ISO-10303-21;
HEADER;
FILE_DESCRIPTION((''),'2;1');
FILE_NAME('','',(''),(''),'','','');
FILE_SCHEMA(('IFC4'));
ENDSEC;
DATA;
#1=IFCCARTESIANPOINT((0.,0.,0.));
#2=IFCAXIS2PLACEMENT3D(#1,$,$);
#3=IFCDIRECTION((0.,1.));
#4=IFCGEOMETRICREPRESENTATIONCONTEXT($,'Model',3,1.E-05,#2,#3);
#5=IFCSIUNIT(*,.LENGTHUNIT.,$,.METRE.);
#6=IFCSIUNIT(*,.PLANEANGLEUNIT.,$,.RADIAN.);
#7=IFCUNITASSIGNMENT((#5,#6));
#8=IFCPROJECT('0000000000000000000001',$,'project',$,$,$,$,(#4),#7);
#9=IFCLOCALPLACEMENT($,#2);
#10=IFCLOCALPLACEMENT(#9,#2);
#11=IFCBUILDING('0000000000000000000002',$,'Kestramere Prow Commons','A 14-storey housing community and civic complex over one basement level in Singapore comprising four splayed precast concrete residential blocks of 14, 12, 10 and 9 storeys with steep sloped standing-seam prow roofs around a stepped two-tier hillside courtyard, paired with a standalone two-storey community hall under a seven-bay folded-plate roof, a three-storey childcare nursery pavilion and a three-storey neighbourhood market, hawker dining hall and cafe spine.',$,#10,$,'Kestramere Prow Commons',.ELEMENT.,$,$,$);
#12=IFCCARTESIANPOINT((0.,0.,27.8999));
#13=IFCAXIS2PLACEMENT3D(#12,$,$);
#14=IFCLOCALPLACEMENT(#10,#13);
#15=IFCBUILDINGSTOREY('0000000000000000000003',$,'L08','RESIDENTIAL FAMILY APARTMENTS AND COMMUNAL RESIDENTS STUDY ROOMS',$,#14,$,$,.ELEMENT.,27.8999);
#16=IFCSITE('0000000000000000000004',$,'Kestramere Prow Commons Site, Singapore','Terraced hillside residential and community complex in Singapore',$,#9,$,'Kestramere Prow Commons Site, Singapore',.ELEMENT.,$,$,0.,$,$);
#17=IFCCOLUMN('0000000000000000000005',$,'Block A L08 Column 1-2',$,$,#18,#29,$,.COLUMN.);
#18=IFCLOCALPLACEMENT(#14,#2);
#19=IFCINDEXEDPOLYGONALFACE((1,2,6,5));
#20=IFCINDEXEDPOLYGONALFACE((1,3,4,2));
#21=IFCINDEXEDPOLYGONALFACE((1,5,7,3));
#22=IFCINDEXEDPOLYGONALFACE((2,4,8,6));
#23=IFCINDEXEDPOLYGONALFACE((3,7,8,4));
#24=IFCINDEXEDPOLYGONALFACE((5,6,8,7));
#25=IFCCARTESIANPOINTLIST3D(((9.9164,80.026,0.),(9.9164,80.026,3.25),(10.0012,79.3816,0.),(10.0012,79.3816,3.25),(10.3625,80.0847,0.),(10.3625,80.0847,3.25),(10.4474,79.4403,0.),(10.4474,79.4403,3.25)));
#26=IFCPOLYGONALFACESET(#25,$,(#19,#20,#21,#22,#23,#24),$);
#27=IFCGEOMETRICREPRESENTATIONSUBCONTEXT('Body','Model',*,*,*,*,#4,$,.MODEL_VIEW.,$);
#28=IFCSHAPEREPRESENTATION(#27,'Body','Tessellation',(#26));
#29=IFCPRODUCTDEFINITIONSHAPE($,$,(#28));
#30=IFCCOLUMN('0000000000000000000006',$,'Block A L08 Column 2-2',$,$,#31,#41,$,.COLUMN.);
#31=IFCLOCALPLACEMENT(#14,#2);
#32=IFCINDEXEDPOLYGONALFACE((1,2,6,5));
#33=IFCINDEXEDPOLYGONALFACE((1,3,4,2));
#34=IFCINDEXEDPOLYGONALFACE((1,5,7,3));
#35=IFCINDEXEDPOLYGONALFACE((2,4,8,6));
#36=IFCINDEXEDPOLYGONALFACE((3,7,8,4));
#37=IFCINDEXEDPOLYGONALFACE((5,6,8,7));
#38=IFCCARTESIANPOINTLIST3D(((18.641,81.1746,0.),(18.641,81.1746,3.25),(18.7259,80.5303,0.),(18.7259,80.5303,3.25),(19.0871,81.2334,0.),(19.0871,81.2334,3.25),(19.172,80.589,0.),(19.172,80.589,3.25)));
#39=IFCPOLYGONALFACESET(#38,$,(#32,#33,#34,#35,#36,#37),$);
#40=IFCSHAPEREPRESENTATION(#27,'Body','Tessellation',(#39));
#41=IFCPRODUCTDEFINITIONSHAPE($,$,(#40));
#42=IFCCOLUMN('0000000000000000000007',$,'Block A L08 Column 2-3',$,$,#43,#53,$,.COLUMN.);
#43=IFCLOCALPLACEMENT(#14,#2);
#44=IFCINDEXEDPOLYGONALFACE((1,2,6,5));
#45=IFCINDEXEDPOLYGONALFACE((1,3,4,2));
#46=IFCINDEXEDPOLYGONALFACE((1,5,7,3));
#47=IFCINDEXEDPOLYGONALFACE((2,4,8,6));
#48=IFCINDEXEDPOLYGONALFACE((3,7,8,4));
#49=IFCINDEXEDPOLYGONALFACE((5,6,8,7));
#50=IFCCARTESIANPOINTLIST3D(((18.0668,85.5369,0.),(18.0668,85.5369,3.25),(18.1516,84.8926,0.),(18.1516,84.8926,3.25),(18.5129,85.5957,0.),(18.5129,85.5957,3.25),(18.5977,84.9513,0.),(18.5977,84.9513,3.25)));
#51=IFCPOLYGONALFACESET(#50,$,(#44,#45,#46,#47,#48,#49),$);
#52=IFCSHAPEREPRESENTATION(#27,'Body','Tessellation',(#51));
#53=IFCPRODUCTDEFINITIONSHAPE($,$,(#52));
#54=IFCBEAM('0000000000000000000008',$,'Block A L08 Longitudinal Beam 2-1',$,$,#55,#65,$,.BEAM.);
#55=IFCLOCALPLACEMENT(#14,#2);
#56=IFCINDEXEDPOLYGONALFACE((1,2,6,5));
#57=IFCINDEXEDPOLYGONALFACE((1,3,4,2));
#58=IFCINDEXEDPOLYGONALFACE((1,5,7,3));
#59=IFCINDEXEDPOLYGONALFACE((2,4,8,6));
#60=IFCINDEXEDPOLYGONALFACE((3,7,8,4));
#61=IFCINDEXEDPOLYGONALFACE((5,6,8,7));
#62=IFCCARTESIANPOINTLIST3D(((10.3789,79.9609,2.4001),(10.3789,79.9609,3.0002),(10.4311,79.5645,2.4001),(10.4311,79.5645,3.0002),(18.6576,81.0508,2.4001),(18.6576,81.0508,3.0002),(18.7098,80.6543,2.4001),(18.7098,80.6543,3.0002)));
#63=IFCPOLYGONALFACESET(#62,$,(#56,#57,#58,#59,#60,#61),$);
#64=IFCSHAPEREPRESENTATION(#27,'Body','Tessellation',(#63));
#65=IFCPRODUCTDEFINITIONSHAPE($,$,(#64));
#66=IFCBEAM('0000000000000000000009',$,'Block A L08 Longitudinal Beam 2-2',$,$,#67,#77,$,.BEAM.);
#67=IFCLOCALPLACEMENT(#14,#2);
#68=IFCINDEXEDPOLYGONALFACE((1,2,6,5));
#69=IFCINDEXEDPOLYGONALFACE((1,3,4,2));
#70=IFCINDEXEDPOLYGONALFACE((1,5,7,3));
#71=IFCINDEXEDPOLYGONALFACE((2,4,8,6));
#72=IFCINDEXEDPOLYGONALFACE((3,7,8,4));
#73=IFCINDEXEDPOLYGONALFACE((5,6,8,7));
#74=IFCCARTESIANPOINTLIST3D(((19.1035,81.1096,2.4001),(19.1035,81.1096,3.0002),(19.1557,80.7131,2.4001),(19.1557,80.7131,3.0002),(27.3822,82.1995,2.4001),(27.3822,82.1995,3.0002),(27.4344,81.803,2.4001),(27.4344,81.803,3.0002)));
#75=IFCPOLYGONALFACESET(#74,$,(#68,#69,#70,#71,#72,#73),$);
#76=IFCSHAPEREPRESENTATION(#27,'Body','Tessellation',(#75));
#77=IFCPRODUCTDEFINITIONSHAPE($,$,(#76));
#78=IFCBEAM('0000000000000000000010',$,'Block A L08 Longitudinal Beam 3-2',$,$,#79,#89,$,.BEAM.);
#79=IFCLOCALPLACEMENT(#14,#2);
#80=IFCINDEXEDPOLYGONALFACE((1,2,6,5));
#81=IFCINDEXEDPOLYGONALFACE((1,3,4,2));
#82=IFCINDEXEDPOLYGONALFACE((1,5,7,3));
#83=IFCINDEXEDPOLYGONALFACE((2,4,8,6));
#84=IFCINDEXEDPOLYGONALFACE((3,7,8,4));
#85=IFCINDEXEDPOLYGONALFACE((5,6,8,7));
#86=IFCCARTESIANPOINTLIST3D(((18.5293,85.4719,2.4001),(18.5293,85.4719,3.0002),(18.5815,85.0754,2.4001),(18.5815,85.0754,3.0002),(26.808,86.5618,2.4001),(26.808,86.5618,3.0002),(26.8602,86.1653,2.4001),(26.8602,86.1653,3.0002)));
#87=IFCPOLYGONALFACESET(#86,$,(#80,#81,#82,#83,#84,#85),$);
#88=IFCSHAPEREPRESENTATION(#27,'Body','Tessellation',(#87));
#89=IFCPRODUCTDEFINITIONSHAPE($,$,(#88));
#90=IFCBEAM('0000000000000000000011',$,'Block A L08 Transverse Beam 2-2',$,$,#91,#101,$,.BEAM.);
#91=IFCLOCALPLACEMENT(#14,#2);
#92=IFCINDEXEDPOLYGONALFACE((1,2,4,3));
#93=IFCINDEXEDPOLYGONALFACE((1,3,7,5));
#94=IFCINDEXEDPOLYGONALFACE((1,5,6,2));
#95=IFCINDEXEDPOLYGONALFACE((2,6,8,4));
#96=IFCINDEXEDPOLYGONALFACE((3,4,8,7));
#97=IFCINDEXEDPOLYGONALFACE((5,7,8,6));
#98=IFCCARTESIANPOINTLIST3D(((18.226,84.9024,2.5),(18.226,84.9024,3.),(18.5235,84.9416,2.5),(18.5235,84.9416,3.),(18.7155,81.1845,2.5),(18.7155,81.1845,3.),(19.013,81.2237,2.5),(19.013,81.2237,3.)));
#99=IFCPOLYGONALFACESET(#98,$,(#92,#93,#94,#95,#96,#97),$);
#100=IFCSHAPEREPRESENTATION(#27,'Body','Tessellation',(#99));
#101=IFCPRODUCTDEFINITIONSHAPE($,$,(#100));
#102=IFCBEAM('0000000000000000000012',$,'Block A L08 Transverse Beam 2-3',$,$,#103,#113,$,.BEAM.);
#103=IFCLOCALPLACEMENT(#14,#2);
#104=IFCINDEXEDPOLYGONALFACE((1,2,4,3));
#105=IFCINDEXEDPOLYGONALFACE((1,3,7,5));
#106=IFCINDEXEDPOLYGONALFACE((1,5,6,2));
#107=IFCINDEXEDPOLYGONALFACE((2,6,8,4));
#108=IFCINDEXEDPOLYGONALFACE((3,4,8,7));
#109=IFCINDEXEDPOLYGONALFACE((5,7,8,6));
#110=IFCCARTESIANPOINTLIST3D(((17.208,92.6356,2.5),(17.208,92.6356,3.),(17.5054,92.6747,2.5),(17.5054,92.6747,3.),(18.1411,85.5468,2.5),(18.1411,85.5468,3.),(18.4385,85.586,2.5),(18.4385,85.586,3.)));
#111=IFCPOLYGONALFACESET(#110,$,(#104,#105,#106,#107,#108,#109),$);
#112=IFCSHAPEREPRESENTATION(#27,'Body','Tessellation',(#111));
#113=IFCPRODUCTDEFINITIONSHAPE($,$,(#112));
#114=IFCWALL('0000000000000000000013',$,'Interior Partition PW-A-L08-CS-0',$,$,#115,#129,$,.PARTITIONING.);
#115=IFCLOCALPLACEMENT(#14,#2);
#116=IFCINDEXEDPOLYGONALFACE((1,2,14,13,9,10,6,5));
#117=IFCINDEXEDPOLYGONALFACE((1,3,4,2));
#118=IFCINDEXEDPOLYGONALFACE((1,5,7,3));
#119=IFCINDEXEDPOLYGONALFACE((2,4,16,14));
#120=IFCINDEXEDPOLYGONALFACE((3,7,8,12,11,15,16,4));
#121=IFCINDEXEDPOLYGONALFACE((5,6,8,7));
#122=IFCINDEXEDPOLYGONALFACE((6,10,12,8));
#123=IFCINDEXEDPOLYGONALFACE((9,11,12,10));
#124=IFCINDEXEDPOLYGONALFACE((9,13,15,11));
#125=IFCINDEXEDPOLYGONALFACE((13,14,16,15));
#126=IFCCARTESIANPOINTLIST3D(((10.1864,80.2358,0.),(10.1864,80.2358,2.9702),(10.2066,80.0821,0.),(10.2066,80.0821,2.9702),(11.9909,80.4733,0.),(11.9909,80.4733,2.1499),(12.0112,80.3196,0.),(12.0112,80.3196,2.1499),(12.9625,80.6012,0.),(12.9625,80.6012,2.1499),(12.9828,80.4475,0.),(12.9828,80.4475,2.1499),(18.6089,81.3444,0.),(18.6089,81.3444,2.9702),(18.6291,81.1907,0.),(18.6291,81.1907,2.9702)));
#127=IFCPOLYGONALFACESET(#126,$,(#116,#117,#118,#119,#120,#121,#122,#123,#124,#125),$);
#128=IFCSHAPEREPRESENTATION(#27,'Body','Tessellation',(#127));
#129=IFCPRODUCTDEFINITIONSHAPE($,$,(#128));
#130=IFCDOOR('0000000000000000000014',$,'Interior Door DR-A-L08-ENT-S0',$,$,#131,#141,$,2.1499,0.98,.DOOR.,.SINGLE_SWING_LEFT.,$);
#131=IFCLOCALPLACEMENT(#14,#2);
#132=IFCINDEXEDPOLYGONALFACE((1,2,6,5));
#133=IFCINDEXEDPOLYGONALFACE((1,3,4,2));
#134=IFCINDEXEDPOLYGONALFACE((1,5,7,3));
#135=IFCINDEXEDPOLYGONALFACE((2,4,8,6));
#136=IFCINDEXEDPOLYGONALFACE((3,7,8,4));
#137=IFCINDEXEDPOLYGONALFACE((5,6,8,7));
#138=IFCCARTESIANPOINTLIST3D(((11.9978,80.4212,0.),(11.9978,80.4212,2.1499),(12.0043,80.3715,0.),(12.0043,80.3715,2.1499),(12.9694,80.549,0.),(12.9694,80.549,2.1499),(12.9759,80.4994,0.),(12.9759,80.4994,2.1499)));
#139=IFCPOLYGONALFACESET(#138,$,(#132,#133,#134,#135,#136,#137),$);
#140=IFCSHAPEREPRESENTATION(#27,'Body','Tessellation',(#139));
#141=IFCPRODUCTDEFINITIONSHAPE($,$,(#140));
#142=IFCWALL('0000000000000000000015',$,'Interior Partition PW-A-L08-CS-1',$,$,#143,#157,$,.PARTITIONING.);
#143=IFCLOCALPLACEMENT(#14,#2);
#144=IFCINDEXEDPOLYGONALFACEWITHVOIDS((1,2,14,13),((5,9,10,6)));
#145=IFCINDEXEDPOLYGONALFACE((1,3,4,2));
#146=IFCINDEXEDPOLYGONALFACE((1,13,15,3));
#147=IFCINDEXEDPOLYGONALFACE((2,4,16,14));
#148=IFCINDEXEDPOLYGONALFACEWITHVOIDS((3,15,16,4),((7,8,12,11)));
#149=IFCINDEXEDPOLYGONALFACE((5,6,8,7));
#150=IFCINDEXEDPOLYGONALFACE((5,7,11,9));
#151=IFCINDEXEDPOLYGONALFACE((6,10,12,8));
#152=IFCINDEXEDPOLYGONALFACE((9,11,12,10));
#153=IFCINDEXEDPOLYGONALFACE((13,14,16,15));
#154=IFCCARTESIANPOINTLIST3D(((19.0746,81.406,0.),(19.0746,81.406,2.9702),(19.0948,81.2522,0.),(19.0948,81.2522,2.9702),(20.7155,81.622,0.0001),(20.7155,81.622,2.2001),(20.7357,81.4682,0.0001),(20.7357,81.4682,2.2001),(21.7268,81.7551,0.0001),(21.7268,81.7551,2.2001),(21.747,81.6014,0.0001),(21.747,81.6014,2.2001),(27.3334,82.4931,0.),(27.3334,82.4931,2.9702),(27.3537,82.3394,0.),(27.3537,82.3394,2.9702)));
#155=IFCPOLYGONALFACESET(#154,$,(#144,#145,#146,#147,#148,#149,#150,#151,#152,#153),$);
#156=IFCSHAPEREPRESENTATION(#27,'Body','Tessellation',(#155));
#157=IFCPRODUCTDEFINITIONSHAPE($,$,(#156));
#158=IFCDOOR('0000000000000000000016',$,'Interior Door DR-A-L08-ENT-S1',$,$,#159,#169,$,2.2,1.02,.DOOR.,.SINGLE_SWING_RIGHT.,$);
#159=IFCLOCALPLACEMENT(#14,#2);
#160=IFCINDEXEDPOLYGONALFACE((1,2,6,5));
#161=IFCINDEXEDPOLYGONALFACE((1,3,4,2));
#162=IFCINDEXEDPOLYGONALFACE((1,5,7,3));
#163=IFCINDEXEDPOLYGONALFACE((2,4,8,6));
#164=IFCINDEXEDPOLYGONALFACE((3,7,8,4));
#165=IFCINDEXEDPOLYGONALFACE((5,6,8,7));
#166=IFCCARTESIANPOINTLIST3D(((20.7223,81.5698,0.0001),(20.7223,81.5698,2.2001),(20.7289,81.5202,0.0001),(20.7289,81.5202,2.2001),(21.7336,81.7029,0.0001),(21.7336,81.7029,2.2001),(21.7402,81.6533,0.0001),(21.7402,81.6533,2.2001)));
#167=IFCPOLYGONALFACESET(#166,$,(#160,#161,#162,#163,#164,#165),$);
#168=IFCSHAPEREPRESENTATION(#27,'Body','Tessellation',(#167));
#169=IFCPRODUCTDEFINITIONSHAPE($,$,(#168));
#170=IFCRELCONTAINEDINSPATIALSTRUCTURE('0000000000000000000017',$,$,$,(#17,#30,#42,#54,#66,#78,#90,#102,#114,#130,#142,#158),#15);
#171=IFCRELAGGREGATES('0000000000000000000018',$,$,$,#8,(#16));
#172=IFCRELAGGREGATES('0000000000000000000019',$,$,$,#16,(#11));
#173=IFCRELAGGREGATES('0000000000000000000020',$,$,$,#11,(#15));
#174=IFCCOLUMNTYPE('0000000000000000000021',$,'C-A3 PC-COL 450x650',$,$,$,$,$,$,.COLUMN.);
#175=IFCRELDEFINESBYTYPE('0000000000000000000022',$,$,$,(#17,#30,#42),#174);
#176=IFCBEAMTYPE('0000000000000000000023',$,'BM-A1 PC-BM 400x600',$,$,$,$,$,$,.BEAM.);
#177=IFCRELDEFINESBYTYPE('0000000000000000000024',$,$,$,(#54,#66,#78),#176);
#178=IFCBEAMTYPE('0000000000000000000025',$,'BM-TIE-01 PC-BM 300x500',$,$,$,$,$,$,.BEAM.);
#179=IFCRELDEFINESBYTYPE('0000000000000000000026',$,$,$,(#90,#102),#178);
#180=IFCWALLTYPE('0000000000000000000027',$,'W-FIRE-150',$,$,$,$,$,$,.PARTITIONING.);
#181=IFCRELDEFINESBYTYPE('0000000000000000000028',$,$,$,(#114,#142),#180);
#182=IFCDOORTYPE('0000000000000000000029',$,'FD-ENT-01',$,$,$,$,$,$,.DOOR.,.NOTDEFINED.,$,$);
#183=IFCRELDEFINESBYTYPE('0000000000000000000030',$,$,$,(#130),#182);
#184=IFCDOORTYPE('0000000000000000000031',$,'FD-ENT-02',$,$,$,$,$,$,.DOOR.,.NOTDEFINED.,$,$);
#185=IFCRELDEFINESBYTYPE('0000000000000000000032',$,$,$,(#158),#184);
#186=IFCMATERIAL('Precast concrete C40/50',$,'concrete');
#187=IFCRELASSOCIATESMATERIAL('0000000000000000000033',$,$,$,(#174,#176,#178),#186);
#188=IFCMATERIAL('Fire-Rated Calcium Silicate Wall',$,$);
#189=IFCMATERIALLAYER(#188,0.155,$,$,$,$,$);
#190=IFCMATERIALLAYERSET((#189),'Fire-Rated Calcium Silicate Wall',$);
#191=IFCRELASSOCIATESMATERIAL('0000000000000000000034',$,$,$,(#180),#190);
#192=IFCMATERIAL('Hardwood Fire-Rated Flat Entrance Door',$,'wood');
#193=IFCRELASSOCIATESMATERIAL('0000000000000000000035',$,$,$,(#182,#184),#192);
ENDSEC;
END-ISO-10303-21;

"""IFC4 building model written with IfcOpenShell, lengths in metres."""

from ifc_helpers import new_model, si_unit, direction, frame, frame_2d, origin, origin_2d, place, context, subcontext, project, spatial, rectangle, extrude, material, layer, layer_set, material_profile, profile_set, type_object, element, fill, save


model = new_model("IFC4")

# Units and contexts
model_context = context("Model", 3, precision=1e-05, world=origin(), true_north=direction((0.0, 1.0)))
body_context = subcontext(model_context, "Body", "Model", "MODEL_VIEW")
ifc_project = project(units=[si_unit("LENGTHUNIT", "METRE"), si_unit("PLANEANGLEUNIT", "RADIAN")], contexts=[model_context])

# Site, building, storey
site_placement = place(None, origin())
site = spatial("IfcSite", under=ifc_project, at=site_placement, Name="Kestramere Prow Commons Site, Singapore", Description="Terraced hillside residential and community complex in Singapore", LongName="Kestramere Prow Commons Site, Singapore", CompositionType="ELEMENT", RefElevation=0.0)
building_placement = place(site_placement, origin())
building = spatial("IfcBuilding", under=site, at=building_placement, Name="Kestramere Prow Commons", Description="A 14-storey housing community and civic complex over one basement level in Singapore comprising four splayed precast concrete residential blocks of 14, 12, 10 and 9 storeys with steep sloped standing-seam prow roofs around a stepped two-tier hillside courtyard, paired with a standalone two-storey community hall under a seven-bay folded-plate roof, a three-storey childcare nursery pavilion and a three-storey neighbourhood market, hawker dining hall and cafe spine.", LongName="Kestramere Prow Commons", CompositionType="ELEMENT")
storey_placement = place(building_placement, frame((0.0, 0.0, 27.8999)))
storey = spatial("IfcBuildingStorey", under=building, at=storey_placement, Name="L08", Description="RESIDENTIAL FAMILY APARTMENTS AND COMMUNAL RESIDENTS STUDY ROOMS", CompositionType="ELEMENT", Elevation=27.8999)

# Columns
ifc_material_1 = material(Name="Precast concrete C40/50", Category="concrete")
ifc_material_profile_1 = material_profile(ifc_material_1, rectangle(XDim=0.45, YDim=0.6499, at=origin_2d()), Name="PC-COL 450x650")
ifc_profile_set_1 = profile_set([ifc_material_profile_1], Name="Precast concrete C40/50")
column_type = type_object("IfcColumnType", Name="C-A3 PC-COL 450x650", PredefinedType="COLUMN", material=ifc_profile_set_1)
for number, where, z_axis, x_axis, name in (
    (1, (10.1819, 79.7332, 0.0), (0.0, 0.0, 1.0), (0.991445, 0.130526, 0.0), "Block A L08 Column 1-2"),
    (2, (18.9065, 80.8818, 0.0), (0.0, 0.0, 1.0), (0.991445, 0.130526, 0.0), "Block A L08 Column 2-2"),
    (3, (18.3323, 85.2441, 0.0), (0.0, 0.0, 1.0), (0.991445, 0.130526, 0.0), "Block A L08 Column 2-3"),
):
    element("IfcColumn", number, at=place(storey_placement, frame(where, z_axis=z_axis, x_axis=x_axis)), inside=storey, type_object=column_type, Name=name, PredefinedType="COLUMN", context=body_context, shape_type="SweptSolid", body=[
        extrude(rectangle(XDim=0.45, YDim=0.6499, at=origin_2d()), origin(), (0.0, 0.0, 1.0), 3.25),
    ])

# Beams
ifc_material_profile_2 = material_profile(ifc_material_1, rectangle(XDim=0.3999, YDim=0.6001, at=origin_2d()), Name="PC-BM 400x600")
ifc_profile_set_2 = profile_set([ifc_material_profile_2], Name="Precast concrete C40/50")
beam_type_1 = type_object("IfcBeamType", Name="BM-A1 PC-BM 400x600", PredefinedType="BEAM", material=ifc_profile_set_2)
for number, where, z_axis, x_axis, name in (
    (4, (10.405, 79.7627, 2.7002), (0.991446, 0.13052, 0.0), (-0.13052, 0.991446, 0.0), "Block A L08 Longitudinal Beam 2-1"),
    (5, (19.1296, 80.9114, 2.7002), (0.991446, 0.13052, 0.0), (-0.13052, 0.991446, 0.0), "Block A L08 Longitudinal Beam 2-2"),
    (6, (18.5554, 85.2737, 2.7002), (0.991446, 0.13052, 0.0), (-0.13052, 0.991446, 0.0), "Block A L08 Longitudinal Beam 3-2"),
):
    element("IfcBeam", number, at=place(storey_placement, frame(where, z_axis=z_axis, x_axis=x_axis)), inside=storey, type_object=beam_type_1, Name=name, PredefinedType="BEAM", context=body_context, shape_type="SweptSolid", body=[
        extrude(rectangle(XDim=0.3999, YDim=0.6001, at=origin_2d()), origin(), (0.0, 0.0, 1.0), 8.3501),
    ])
ifc_material_profile_3 = material_profile(ifc_material_1, rectangle(XDim=0.3, YDim=0.5, at=origin_2d()), Name="PC-BM 300x500")
ifc_profile_set_3 = profile_set([ifc_material_profile_3], Name="Precast concrete C40/50")
beam_type_2 = type_object("IfcBeamType", Name="BM-TIE-01 PC-BM 300x500", PredefinedType="BEAM", material=ifc_profile_set_3)
beam_1_placement = place(storey_placement, frame((18.8643, 81.2041, 2.75), z_axis=(-0.13053, 0.991444, 0.0), x_axis=(-0.991444, -0.13053, 0.0)))
element("IfcBeam", 7, at=beam_1_placement, inside=storey, type_object=beam_type_2, Name="Block A L08 Transverse Beam 2-2", PredefinedType="BEAM", context=body_context, shape_type="SweptSolid", body=[
    extrude(rectangle(XDim=0.3, YDim=0.5, at=origin_2d()), origin(), (0.0, 0.0, 1.0), 3.75),
])
beam_2_placement = place(storey_placement, frame((18.2898, 85.5664, 2.75), z_axis=(-0.130504, 0.991448, 0.0), x_axis=(-0.991448, -0.130504, 0.0)))
element("IfcBeam", 8, at=beam_2_placement, inside=storey, type_object=beam_type_2, Name="Block A L08 Transverse Beam 2-3", PredefinedType="BEAM", context=body_context, shape_type="SweptSolid", body=[
    extrude(rectangle(XDim=0.3, YDim=0.5, at=origin_2d()), origin(), (0.0, 0.0, 1.0), 7.1499),
])

# Walls, openings, doors
ifc_material_2 = material(Name="Fire-Rated Calcium Silicate Wall")
ifc_layer_1 = layer(ifc_material_2, 0.155)
ifc_layer_set_1 = layer_set([ifc_layer_1], Name="Fire-Rated Calcium Silicate Wall")
wall_type_1 = type_object("IfcWallType", Name="W-FIRE-150", PredefinedType="PARTITIONING", material=ifc_layer_set_1)
wall_1_placement = place(storey_placement, frame((10.1965, 80.1589, 0.0), z_axis=(0.0, 0.0, 1.0), x_axis=(0.991448, 0.130505, 0.0)))
wall_1 = element("IfcWall", 9, at=wall_1_placement, inside=storey, type_object=wall_type_1, Name="Interior Partition PW-A-L08-CS-0", PredefinedType="PARTITIONING", context=body_context, shape_type="SweptSolid", body=[
    extrude(rectangle(XDim=8.4951, YDim=0.155, at=frame_2d((4.2476, 0.0))), origin(), (0.0, 0.0, 1.0), 2.9702),
])
opening_1_placement = place(wall_1_placement, frame((1.8201, 0.0, 0.0)))
opening_1 = element("IfcOpeningElement", 10, at=opening_1_placement, cuts=wall_1, PredefinedType="OPENING", context=body_context, shape_type="SweptSolid", body=[
    extrude(rectangle(XDim=0.98, YDim=2.1499, at=frame_2d((0.49, 1.075))), frame((0.0, 0.0925, 0.0), z_axis=(0.0, -1.0, 0.0), x_axis=(1.0, 0.0, 0.0)), (0.0, 0.0, 1.0), 0.1851),
])
ifc_material_3 = material(Name="Hardwood Fire-Rated Flat Entrance Door", Category="wood")
door_type_1 = type_object("IfcDoorType", Name="FD-ENT-01", OperationType="NOTDEFINED", PredefinedType="DOOR", material=ifc_material_3)
door_1_placement = place(opening_1_placement, origin())
door_1 = element("IfcDoor", 11, at=door_1_placement, inside=storey, type_object=door_type_1, Name="Interior Door DR-A-L08-ENT-S0", OperationType="SINGLE_SWING_LEFT", OverallHeight=2.1499, OverallWidth=0.98, PredefinedType="DOOR", context=body_context, shape_type="SweptSolid", body=[
    extrude(rectangle(XDim=0.98, YDim=2.1499, at=frame_2d((0.49, 1.075))), frame((0.0, 0.0249, 0.0), z_axis=(0.0, -1.0, 0.0), x_axis=(1.0, 0.0, 0.0)), (0.0, 0.0, 1.0), 0.05),
])
fill(opening_1, door_1)
wall_2_placement = place(storey_placement, frame((19.0847, 81.3291, 0.0), z_axis=(0.0, 0.0, 1.0), x_axis=(0.991447, 0.130511, 0.0)))
wall_2 = element("IfcWall", 12, at=wall_2_placement, inside=storey, type_object=wall_type_1, Name="Interior Partition PW-A-L08-CS-1", PredefinedType="PARTITIONING", context=body_context, shape_type="SweptSolid", body=[
    extrude(rectangle(XDim=8.3301, YDim=0.155, at=frame_2d((4.165, 0.0))), origin(), (0.0, 0.0, 1.0), 2.9702),
])
opening_2_placement = place(wall_2_placement, frame((1.655, 0.0, 0.0)))
opening_2 = element("IfcOpeningElement", 13, at=opening_2_placement, cuts=wall_2, PredefinedType="OPENING", context=body_context, shape_type="SweptSolid", body=[
    extrude(rectangle(XDim=1.02, YDim=2.2, at=frame_2d((0.51, 1.1001))), frame((0.0, 0.0925, 0.0), z_axis=(0.0, -1.0, 0.0), x_axis=(1.0, 0.0, 0.0)), (0.0, 0.0, 1.0), 0.1851),
])
door_type_2 = type_object("IfcDoorType", Name="FD-ENT-02", OperationType="NOTDEFINED", PredefinedType="DOOR", material=ifc_material_3)
door_2_placement = place(opening_2_placement, origin())
door_2 = element("IfcDoor", 14, at=door_2_placement, inside=storey, type_object=door_type_2, Name="Interior Door DR-A-L08-ENT-S1", OperationType="SINGLE_SWING_RIGHT", OverallHeight=2.2, OverallWidth=1.02, PredefinedType="DOOR", context=body_context, shape_type="SweptSolid", body=[
    extrude(rectangle(XDim=1.02, YDim=2.2, at=frame_2d((0.51, 1.1001))), frame((0.0, 0.0249, 0.0), z_axis=(0.0, -1.0, 0.0), x_axis=(1.0, 0.0, 0.0)), (0.0, 0.0, 1.0), 0.05),
])
fill(opening_2, door_2)

save(model, "model.ifc")
